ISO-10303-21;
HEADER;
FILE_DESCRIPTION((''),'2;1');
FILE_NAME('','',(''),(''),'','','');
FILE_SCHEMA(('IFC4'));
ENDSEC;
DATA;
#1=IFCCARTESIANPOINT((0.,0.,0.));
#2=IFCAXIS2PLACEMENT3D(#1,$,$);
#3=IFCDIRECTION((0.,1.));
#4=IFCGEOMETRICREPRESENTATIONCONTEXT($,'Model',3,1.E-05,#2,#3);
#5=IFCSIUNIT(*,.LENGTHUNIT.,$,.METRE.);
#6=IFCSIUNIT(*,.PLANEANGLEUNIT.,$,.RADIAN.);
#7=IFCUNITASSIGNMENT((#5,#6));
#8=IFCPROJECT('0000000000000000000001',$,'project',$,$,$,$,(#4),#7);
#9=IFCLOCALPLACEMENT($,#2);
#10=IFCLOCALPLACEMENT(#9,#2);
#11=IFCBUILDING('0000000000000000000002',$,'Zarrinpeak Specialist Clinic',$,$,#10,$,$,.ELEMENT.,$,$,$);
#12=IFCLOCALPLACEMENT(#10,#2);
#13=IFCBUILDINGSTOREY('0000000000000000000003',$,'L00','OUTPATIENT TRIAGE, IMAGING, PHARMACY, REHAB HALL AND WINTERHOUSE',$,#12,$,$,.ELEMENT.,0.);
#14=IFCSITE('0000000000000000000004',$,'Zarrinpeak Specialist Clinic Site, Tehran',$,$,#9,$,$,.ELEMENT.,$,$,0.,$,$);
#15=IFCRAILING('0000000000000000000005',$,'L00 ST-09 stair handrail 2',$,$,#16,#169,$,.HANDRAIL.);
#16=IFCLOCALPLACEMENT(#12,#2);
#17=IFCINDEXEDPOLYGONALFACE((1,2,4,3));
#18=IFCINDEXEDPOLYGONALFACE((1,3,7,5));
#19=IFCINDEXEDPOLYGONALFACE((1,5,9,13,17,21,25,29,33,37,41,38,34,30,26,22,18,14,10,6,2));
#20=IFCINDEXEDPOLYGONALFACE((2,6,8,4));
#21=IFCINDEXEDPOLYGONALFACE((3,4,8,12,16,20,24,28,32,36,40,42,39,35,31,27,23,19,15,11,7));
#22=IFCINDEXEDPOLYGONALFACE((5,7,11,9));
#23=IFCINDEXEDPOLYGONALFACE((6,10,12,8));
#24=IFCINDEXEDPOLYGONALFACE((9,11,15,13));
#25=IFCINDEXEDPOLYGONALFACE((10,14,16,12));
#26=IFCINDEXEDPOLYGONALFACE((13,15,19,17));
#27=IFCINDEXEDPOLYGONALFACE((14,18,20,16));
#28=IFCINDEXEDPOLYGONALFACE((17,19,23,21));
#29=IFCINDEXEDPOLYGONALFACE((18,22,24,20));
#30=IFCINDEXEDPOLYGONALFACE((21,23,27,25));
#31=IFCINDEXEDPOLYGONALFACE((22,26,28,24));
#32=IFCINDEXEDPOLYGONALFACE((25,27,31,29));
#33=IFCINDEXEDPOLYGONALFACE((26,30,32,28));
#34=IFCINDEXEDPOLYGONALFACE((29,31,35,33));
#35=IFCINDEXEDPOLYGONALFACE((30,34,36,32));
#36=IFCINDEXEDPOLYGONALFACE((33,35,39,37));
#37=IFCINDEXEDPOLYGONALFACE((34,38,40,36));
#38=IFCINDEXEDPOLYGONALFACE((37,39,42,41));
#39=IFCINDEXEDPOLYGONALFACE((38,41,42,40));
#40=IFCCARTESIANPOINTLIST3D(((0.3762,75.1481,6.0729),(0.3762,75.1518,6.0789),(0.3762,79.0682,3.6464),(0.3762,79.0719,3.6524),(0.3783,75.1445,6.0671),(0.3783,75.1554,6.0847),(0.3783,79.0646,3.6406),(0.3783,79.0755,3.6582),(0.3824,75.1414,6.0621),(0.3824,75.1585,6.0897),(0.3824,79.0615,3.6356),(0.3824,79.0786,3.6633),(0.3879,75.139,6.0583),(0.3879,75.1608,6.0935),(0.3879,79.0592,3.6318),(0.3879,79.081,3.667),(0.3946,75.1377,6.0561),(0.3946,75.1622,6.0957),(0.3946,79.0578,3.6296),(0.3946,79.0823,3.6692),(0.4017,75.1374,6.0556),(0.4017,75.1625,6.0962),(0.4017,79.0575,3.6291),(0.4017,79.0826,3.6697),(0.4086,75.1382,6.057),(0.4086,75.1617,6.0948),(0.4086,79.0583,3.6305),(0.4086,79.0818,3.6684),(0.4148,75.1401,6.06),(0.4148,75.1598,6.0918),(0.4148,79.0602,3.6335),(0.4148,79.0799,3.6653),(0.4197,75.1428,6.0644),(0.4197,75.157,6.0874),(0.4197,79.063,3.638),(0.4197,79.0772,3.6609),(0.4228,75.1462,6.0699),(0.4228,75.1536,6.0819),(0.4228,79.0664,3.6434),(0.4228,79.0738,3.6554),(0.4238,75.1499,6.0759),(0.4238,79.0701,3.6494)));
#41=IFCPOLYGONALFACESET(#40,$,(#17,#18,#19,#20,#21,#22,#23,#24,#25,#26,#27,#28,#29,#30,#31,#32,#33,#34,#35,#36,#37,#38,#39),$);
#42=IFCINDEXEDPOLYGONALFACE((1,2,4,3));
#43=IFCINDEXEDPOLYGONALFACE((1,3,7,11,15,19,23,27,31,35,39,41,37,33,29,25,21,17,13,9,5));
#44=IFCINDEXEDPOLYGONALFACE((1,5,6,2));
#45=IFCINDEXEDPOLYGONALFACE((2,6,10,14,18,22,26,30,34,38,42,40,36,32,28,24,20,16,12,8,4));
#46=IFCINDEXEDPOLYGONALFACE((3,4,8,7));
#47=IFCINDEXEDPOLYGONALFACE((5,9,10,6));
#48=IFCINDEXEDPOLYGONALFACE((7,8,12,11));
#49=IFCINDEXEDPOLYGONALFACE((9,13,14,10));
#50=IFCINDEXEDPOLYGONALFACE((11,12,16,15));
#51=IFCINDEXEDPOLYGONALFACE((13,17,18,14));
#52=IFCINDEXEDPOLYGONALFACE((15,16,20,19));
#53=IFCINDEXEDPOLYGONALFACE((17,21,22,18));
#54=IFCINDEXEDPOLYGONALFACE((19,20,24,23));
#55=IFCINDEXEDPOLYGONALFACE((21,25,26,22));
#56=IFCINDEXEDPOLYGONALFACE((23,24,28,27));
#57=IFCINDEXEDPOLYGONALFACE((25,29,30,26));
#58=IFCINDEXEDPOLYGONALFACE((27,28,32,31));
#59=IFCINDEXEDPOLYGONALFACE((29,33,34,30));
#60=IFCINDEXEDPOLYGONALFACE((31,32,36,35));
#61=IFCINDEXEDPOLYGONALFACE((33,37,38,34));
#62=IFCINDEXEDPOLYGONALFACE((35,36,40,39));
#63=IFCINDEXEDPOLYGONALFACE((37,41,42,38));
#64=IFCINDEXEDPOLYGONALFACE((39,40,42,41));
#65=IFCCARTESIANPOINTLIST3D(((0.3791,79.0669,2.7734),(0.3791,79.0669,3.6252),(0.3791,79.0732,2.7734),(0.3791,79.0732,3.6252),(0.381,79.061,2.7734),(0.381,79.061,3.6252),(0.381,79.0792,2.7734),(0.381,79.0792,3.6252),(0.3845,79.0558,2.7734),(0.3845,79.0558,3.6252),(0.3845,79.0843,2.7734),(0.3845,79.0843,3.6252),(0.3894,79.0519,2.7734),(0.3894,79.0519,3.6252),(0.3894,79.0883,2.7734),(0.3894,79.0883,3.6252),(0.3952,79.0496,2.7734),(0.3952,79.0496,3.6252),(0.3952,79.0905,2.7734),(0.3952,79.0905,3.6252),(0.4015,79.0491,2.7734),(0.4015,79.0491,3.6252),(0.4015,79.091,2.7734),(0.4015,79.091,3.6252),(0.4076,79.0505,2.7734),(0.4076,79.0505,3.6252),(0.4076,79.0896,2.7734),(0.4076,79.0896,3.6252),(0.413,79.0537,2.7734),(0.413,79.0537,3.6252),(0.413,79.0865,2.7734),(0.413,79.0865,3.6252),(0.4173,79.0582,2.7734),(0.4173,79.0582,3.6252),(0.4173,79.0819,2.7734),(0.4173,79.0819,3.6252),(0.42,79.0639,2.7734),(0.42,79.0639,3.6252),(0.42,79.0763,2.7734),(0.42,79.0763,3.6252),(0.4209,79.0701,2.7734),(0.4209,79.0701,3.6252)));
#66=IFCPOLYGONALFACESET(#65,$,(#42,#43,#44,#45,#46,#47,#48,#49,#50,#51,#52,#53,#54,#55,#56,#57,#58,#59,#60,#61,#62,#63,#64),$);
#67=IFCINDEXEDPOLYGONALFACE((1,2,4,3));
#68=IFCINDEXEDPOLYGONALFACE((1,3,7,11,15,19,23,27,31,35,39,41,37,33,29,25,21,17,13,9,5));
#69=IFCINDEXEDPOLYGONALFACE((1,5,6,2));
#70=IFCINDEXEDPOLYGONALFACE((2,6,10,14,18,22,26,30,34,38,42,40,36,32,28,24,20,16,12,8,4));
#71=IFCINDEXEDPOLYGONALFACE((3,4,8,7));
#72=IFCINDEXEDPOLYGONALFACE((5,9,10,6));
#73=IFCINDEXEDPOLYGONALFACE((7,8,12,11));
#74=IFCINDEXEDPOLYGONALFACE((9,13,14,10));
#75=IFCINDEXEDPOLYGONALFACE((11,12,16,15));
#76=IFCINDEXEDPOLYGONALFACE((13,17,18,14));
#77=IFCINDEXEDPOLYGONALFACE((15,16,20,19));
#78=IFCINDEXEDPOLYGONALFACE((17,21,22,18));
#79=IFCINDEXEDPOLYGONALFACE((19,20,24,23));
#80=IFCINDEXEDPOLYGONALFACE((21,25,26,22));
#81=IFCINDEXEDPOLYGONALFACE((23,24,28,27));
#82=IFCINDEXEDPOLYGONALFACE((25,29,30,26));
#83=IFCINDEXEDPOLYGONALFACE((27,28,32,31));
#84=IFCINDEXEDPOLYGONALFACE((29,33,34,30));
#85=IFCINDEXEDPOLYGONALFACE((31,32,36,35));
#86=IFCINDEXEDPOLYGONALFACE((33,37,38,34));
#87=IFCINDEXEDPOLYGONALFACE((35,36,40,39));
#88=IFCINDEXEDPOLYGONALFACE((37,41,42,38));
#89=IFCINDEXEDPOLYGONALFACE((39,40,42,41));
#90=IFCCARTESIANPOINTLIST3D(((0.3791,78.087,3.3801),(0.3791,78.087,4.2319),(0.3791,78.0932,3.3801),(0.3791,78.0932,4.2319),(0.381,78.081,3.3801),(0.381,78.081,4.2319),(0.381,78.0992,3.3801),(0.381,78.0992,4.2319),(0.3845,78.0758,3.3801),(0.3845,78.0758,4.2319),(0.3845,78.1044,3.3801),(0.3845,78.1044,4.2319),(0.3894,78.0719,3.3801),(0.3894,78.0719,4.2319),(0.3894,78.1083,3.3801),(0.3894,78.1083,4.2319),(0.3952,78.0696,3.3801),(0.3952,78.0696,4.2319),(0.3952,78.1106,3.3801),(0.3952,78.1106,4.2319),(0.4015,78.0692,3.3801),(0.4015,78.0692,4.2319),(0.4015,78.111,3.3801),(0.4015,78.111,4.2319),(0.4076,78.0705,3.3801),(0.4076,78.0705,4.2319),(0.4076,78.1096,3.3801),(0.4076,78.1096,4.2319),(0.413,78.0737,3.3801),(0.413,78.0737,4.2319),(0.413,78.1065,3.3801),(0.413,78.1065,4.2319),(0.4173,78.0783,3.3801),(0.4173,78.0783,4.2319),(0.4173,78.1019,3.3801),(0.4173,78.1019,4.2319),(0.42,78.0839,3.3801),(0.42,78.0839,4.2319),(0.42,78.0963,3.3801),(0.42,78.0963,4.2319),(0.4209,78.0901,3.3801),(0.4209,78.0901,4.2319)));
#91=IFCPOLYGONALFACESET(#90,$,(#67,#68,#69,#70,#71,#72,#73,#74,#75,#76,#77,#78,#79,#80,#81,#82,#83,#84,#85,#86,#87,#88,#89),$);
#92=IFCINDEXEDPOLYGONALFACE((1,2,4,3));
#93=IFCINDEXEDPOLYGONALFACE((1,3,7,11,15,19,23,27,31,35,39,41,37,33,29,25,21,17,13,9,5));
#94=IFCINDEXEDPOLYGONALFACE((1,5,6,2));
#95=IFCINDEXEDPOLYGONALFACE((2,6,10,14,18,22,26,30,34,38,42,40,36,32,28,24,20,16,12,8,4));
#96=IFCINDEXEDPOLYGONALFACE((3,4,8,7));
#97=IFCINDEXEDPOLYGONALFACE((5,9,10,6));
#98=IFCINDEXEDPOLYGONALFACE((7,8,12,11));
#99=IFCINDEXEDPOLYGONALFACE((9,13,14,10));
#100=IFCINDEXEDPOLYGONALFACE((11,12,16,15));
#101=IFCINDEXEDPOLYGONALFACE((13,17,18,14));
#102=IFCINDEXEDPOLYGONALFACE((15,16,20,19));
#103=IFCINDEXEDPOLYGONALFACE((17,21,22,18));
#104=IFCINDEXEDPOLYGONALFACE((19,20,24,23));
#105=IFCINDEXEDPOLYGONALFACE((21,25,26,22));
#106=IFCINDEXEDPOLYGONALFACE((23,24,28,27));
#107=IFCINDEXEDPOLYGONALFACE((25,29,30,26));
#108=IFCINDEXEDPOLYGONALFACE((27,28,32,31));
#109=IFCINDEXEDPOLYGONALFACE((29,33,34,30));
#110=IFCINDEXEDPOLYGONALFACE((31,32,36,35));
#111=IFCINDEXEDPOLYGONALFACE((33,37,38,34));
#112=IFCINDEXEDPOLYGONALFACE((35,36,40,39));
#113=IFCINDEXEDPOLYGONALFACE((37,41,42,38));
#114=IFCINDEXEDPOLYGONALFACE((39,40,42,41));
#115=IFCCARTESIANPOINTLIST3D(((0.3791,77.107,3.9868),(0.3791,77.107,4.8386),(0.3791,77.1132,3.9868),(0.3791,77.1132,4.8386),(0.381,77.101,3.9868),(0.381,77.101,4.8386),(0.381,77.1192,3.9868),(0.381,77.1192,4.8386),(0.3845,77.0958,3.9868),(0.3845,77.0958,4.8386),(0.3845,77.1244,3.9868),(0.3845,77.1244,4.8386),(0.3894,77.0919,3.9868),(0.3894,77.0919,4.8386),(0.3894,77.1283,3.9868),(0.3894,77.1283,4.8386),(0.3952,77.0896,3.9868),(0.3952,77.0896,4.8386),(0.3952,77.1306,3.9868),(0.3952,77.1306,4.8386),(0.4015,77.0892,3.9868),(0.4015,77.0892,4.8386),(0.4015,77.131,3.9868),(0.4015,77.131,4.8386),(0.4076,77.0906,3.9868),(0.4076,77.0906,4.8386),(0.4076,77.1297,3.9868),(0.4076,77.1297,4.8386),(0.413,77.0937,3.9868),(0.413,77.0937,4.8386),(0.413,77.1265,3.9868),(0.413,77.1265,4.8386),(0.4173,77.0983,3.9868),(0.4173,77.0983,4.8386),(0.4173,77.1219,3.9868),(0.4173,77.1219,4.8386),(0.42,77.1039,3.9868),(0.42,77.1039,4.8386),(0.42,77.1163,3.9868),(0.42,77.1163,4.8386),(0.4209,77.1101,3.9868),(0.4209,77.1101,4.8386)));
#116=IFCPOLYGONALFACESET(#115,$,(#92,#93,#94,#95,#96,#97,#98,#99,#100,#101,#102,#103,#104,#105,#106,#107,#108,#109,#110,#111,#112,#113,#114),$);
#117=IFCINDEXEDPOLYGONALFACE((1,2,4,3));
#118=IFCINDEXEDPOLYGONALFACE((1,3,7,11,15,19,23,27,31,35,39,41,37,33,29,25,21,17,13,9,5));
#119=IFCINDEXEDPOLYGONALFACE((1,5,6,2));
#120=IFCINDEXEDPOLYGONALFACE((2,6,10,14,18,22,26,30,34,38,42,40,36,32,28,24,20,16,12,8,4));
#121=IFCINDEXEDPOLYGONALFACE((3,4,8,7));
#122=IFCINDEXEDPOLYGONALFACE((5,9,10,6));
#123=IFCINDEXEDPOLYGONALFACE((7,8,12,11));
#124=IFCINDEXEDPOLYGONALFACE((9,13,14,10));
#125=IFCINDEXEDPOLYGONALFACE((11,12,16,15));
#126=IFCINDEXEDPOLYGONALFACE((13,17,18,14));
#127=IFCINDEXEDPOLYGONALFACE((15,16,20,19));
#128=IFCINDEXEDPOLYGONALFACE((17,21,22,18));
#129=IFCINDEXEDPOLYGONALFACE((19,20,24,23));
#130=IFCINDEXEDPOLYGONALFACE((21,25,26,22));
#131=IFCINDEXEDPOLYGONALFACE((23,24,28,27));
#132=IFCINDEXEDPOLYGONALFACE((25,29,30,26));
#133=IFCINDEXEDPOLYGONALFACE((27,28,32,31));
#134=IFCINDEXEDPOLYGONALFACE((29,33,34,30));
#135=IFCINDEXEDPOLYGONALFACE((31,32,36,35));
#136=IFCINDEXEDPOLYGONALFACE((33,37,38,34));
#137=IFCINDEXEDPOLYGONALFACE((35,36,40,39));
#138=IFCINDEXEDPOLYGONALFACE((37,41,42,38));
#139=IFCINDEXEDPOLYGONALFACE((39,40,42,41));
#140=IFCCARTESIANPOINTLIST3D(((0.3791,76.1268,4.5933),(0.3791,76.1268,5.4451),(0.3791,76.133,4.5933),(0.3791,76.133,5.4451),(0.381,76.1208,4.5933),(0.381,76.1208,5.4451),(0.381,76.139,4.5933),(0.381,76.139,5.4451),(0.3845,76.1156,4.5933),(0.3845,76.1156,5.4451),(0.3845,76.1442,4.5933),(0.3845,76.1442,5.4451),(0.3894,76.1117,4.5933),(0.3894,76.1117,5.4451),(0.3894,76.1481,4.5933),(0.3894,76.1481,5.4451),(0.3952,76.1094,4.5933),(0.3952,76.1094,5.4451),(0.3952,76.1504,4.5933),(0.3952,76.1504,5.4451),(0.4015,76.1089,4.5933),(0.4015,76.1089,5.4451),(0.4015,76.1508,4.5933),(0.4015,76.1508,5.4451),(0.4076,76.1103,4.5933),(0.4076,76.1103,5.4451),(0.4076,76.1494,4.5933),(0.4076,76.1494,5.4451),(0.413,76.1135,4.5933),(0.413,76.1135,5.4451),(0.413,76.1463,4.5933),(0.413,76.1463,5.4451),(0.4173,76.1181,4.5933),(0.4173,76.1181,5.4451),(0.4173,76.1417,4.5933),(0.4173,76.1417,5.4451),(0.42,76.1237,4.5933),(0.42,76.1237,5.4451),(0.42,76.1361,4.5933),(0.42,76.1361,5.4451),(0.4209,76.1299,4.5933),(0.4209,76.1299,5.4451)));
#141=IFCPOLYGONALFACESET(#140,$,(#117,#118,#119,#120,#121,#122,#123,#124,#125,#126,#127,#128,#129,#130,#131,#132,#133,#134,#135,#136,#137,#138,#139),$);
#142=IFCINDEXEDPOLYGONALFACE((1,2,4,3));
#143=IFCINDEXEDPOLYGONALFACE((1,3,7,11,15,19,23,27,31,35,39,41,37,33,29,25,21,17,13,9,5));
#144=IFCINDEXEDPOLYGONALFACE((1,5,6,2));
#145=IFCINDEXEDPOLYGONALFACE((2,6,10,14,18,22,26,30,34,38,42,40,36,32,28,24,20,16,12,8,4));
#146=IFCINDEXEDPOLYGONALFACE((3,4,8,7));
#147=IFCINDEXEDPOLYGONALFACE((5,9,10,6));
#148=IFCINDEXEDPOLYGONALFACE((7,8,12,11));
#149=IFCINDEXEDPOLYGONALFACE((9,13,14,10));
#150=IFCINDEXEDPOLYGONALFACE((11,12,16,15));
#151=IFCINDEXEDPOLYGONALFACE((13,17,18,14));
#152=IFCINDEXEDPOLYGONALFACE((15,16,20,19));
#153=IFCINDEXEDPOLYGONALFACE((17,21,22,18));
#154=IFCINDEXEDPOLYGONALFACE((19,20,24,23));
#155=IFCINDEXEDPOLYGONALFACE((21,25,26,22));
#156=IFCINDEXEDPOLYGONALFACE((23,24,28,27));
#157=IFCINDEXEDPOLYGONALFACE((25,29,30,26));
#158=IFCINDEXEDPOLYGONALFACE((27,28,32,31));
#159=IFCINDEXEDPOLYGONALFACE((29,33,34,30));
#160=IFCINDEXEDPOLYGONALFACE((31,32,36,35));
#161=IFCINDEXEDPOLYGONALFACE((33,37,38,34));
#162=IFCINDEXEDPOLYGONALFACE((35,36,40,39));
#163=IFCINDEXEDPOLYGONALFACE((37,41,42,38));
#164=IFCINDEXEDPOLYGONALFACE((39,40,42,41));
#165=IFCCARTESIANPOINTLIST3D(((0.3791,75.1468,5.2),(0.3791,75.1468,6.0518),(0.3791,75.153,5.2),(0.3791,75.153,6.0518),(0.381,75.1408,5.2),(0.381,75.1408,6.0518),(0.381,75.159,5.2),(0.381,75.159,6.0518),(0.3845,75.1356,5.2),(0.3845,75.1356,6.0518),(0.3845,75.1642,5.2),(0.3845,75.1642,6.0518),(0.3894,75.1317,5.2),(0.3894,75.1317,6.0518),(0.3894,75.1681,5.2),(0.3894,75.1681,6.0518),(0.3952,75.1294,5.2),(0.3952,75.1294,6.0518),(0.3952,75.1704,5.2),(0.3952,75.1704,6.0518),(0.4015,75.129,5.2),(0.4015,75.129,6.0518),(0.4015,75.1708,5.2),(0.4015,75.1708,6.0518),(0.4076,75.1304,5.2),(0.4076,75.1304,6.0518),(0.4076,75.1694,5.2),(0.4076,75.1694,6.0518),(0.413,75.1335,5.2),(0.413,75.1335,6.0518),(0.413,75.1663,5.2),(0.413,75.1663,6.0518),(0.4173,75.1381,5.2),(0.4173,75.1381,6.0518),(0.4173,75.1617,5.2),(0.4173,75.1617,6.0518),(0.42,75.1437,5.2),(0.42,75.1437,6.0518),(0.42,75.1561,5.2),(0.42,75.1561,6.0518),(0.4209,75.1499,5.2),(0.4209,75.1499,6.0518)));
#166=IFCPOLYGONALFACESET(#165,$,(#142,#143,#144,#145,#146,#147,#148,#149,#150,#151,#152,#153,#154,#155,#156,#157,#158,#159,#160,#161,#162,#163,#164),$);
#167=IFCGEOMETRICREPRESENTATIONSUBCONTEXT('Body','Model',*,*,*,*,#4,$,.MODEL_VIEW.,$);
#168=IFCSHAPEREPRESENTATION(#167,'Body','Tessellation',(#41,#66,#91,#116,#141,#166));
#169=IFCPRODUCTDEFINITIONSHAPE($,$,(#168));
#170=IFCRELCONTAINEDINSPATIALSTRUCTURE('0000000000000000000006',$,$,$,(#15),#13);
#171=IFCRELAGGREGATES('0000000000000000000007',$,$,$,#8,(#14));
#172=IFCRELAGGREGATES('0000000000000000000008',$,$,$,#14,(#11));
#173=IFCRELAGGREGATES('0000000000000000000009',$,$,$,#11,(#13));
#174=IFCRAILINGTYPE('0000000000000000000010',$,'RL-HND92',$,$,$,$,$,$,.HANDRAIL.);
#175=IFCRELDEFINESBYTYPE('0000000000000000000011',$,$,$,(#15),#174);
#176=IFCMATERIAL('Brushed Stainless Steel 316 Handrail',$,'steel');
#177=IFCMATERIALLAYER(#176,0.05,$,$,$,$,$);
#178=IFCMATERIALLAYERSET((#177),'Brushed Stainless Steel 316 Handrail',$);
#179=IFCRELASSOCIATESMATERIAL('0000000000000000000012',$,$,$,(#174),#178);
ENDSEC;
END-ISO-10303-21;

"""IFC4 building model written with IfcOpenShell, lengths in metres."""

from ifc_helpers import new_model, si_unit, direction, frame, origin, origin_2d, place, context, subcontext, project, spatial, circle, extrude, material, layer, layer_set, type_object, element, save


model = new_model("IFC4")

# Units and contexts
model_context = context("Model", 3, precision=1e-05, world=origin(), true_north=direction((0.0, 1.0)))
body_context = subcontext(model_context, "Body", "Model", "MODEL_VIEW")
ifc_project = project(units=[si_unit("LENGTHUNIT", "METRE"), si_unit("PLANEANGLEUNIT", "RADIAN")], contexts=[model_context])

# Site, building, storey
site_placement = place(None, origin())
site = spatial("IfcSite", under=ifc_project, at=site_placement, Name="Zarrinpeak Specialist Clinic Site, Tehran", CompositionType="ELEMENT", RefElevation=0.0)
building_placement = place(site_placement, origin())
building = spatial("IfcBuilding", under=site, at=building_placement, Name="Zarrinpeak Specialist Clinic", CompositionType="ELEMENT")
storey_placement = place(building_placement, origin())
storey = spatial("IfcBuildingStorey", under=building, at=storey_placement, Name="L00", Description="OUTPATIENT TRIAGE, IMAGING, PHARMACY, REHAB HALL AND WINTERHOUSE", CompositionType="ELEMENT", Elevation=0.0)

# Railing
ifc_material_1 = material(Name="Brushed Stainless Steel 316 Handrail", Category="steel")
ifc_layer_1 = layer(ifc_material_1, 0.05)
ifc_layer_set_1 = layer_set([ifc_layer_1], Name="Brushed Stainless Steel 316 Handrail")
railing_type_1 = type_object("IfcRailingType", Name="RL-HND92", PredefinedType="HANDRAIL", material=ifc_layer_set_1)
railing_1_placement = place(storey_placement, frame((0.3999, 79.0701, 2.7734)))
element("IfcRailing", 1, at=railing_1_placement, inside=storey, type_object=railing_type_1, Name="L00 ST-09 stair handrail 2", PredefinedType="HANDRAIL", context=body_context, shape_type="SweptSolid", body=[
    extrude(circle(Radius=0.0239, at=origin_2d()), frame((0.0, 0.0, 0.876), z_axis=(0.0, -0.85029, 0.526315), x_axis=(1.0, 0.0, 0.0)), (0.0, 0.0, 1.0), 4.6104),
    extrude(circle(Radius=0.021, at=origin_2d()), origin(), (0.0, 0.0, 1.0), 0.8518),
    extrude(circle(Radius=0.021, at=origin_2d()), frame((0.0, -0.98, 0.6067)), (0.0, 0.0, 1.0), 0.8518),
    extrude(circle(Radius=0.021, at=origin_2d()), frame((0.0, -1.96, 1.2134)), (0.0, 0.0, 1.0), 0.8518),
    extrude(circle(Radius=0.021, at=origin_2d()), frame((0.0, -2.9402, 1.8198)), (0.0, 0.0, 1.0), 0.8518),
    extrude(circle(Radius=0.021, at=origin_2d()), frame((0.0, -3.9202, 2.4265)), (0.0, 0.0, 1.0), 0.8518),
])

save(model, "model.ifc")
